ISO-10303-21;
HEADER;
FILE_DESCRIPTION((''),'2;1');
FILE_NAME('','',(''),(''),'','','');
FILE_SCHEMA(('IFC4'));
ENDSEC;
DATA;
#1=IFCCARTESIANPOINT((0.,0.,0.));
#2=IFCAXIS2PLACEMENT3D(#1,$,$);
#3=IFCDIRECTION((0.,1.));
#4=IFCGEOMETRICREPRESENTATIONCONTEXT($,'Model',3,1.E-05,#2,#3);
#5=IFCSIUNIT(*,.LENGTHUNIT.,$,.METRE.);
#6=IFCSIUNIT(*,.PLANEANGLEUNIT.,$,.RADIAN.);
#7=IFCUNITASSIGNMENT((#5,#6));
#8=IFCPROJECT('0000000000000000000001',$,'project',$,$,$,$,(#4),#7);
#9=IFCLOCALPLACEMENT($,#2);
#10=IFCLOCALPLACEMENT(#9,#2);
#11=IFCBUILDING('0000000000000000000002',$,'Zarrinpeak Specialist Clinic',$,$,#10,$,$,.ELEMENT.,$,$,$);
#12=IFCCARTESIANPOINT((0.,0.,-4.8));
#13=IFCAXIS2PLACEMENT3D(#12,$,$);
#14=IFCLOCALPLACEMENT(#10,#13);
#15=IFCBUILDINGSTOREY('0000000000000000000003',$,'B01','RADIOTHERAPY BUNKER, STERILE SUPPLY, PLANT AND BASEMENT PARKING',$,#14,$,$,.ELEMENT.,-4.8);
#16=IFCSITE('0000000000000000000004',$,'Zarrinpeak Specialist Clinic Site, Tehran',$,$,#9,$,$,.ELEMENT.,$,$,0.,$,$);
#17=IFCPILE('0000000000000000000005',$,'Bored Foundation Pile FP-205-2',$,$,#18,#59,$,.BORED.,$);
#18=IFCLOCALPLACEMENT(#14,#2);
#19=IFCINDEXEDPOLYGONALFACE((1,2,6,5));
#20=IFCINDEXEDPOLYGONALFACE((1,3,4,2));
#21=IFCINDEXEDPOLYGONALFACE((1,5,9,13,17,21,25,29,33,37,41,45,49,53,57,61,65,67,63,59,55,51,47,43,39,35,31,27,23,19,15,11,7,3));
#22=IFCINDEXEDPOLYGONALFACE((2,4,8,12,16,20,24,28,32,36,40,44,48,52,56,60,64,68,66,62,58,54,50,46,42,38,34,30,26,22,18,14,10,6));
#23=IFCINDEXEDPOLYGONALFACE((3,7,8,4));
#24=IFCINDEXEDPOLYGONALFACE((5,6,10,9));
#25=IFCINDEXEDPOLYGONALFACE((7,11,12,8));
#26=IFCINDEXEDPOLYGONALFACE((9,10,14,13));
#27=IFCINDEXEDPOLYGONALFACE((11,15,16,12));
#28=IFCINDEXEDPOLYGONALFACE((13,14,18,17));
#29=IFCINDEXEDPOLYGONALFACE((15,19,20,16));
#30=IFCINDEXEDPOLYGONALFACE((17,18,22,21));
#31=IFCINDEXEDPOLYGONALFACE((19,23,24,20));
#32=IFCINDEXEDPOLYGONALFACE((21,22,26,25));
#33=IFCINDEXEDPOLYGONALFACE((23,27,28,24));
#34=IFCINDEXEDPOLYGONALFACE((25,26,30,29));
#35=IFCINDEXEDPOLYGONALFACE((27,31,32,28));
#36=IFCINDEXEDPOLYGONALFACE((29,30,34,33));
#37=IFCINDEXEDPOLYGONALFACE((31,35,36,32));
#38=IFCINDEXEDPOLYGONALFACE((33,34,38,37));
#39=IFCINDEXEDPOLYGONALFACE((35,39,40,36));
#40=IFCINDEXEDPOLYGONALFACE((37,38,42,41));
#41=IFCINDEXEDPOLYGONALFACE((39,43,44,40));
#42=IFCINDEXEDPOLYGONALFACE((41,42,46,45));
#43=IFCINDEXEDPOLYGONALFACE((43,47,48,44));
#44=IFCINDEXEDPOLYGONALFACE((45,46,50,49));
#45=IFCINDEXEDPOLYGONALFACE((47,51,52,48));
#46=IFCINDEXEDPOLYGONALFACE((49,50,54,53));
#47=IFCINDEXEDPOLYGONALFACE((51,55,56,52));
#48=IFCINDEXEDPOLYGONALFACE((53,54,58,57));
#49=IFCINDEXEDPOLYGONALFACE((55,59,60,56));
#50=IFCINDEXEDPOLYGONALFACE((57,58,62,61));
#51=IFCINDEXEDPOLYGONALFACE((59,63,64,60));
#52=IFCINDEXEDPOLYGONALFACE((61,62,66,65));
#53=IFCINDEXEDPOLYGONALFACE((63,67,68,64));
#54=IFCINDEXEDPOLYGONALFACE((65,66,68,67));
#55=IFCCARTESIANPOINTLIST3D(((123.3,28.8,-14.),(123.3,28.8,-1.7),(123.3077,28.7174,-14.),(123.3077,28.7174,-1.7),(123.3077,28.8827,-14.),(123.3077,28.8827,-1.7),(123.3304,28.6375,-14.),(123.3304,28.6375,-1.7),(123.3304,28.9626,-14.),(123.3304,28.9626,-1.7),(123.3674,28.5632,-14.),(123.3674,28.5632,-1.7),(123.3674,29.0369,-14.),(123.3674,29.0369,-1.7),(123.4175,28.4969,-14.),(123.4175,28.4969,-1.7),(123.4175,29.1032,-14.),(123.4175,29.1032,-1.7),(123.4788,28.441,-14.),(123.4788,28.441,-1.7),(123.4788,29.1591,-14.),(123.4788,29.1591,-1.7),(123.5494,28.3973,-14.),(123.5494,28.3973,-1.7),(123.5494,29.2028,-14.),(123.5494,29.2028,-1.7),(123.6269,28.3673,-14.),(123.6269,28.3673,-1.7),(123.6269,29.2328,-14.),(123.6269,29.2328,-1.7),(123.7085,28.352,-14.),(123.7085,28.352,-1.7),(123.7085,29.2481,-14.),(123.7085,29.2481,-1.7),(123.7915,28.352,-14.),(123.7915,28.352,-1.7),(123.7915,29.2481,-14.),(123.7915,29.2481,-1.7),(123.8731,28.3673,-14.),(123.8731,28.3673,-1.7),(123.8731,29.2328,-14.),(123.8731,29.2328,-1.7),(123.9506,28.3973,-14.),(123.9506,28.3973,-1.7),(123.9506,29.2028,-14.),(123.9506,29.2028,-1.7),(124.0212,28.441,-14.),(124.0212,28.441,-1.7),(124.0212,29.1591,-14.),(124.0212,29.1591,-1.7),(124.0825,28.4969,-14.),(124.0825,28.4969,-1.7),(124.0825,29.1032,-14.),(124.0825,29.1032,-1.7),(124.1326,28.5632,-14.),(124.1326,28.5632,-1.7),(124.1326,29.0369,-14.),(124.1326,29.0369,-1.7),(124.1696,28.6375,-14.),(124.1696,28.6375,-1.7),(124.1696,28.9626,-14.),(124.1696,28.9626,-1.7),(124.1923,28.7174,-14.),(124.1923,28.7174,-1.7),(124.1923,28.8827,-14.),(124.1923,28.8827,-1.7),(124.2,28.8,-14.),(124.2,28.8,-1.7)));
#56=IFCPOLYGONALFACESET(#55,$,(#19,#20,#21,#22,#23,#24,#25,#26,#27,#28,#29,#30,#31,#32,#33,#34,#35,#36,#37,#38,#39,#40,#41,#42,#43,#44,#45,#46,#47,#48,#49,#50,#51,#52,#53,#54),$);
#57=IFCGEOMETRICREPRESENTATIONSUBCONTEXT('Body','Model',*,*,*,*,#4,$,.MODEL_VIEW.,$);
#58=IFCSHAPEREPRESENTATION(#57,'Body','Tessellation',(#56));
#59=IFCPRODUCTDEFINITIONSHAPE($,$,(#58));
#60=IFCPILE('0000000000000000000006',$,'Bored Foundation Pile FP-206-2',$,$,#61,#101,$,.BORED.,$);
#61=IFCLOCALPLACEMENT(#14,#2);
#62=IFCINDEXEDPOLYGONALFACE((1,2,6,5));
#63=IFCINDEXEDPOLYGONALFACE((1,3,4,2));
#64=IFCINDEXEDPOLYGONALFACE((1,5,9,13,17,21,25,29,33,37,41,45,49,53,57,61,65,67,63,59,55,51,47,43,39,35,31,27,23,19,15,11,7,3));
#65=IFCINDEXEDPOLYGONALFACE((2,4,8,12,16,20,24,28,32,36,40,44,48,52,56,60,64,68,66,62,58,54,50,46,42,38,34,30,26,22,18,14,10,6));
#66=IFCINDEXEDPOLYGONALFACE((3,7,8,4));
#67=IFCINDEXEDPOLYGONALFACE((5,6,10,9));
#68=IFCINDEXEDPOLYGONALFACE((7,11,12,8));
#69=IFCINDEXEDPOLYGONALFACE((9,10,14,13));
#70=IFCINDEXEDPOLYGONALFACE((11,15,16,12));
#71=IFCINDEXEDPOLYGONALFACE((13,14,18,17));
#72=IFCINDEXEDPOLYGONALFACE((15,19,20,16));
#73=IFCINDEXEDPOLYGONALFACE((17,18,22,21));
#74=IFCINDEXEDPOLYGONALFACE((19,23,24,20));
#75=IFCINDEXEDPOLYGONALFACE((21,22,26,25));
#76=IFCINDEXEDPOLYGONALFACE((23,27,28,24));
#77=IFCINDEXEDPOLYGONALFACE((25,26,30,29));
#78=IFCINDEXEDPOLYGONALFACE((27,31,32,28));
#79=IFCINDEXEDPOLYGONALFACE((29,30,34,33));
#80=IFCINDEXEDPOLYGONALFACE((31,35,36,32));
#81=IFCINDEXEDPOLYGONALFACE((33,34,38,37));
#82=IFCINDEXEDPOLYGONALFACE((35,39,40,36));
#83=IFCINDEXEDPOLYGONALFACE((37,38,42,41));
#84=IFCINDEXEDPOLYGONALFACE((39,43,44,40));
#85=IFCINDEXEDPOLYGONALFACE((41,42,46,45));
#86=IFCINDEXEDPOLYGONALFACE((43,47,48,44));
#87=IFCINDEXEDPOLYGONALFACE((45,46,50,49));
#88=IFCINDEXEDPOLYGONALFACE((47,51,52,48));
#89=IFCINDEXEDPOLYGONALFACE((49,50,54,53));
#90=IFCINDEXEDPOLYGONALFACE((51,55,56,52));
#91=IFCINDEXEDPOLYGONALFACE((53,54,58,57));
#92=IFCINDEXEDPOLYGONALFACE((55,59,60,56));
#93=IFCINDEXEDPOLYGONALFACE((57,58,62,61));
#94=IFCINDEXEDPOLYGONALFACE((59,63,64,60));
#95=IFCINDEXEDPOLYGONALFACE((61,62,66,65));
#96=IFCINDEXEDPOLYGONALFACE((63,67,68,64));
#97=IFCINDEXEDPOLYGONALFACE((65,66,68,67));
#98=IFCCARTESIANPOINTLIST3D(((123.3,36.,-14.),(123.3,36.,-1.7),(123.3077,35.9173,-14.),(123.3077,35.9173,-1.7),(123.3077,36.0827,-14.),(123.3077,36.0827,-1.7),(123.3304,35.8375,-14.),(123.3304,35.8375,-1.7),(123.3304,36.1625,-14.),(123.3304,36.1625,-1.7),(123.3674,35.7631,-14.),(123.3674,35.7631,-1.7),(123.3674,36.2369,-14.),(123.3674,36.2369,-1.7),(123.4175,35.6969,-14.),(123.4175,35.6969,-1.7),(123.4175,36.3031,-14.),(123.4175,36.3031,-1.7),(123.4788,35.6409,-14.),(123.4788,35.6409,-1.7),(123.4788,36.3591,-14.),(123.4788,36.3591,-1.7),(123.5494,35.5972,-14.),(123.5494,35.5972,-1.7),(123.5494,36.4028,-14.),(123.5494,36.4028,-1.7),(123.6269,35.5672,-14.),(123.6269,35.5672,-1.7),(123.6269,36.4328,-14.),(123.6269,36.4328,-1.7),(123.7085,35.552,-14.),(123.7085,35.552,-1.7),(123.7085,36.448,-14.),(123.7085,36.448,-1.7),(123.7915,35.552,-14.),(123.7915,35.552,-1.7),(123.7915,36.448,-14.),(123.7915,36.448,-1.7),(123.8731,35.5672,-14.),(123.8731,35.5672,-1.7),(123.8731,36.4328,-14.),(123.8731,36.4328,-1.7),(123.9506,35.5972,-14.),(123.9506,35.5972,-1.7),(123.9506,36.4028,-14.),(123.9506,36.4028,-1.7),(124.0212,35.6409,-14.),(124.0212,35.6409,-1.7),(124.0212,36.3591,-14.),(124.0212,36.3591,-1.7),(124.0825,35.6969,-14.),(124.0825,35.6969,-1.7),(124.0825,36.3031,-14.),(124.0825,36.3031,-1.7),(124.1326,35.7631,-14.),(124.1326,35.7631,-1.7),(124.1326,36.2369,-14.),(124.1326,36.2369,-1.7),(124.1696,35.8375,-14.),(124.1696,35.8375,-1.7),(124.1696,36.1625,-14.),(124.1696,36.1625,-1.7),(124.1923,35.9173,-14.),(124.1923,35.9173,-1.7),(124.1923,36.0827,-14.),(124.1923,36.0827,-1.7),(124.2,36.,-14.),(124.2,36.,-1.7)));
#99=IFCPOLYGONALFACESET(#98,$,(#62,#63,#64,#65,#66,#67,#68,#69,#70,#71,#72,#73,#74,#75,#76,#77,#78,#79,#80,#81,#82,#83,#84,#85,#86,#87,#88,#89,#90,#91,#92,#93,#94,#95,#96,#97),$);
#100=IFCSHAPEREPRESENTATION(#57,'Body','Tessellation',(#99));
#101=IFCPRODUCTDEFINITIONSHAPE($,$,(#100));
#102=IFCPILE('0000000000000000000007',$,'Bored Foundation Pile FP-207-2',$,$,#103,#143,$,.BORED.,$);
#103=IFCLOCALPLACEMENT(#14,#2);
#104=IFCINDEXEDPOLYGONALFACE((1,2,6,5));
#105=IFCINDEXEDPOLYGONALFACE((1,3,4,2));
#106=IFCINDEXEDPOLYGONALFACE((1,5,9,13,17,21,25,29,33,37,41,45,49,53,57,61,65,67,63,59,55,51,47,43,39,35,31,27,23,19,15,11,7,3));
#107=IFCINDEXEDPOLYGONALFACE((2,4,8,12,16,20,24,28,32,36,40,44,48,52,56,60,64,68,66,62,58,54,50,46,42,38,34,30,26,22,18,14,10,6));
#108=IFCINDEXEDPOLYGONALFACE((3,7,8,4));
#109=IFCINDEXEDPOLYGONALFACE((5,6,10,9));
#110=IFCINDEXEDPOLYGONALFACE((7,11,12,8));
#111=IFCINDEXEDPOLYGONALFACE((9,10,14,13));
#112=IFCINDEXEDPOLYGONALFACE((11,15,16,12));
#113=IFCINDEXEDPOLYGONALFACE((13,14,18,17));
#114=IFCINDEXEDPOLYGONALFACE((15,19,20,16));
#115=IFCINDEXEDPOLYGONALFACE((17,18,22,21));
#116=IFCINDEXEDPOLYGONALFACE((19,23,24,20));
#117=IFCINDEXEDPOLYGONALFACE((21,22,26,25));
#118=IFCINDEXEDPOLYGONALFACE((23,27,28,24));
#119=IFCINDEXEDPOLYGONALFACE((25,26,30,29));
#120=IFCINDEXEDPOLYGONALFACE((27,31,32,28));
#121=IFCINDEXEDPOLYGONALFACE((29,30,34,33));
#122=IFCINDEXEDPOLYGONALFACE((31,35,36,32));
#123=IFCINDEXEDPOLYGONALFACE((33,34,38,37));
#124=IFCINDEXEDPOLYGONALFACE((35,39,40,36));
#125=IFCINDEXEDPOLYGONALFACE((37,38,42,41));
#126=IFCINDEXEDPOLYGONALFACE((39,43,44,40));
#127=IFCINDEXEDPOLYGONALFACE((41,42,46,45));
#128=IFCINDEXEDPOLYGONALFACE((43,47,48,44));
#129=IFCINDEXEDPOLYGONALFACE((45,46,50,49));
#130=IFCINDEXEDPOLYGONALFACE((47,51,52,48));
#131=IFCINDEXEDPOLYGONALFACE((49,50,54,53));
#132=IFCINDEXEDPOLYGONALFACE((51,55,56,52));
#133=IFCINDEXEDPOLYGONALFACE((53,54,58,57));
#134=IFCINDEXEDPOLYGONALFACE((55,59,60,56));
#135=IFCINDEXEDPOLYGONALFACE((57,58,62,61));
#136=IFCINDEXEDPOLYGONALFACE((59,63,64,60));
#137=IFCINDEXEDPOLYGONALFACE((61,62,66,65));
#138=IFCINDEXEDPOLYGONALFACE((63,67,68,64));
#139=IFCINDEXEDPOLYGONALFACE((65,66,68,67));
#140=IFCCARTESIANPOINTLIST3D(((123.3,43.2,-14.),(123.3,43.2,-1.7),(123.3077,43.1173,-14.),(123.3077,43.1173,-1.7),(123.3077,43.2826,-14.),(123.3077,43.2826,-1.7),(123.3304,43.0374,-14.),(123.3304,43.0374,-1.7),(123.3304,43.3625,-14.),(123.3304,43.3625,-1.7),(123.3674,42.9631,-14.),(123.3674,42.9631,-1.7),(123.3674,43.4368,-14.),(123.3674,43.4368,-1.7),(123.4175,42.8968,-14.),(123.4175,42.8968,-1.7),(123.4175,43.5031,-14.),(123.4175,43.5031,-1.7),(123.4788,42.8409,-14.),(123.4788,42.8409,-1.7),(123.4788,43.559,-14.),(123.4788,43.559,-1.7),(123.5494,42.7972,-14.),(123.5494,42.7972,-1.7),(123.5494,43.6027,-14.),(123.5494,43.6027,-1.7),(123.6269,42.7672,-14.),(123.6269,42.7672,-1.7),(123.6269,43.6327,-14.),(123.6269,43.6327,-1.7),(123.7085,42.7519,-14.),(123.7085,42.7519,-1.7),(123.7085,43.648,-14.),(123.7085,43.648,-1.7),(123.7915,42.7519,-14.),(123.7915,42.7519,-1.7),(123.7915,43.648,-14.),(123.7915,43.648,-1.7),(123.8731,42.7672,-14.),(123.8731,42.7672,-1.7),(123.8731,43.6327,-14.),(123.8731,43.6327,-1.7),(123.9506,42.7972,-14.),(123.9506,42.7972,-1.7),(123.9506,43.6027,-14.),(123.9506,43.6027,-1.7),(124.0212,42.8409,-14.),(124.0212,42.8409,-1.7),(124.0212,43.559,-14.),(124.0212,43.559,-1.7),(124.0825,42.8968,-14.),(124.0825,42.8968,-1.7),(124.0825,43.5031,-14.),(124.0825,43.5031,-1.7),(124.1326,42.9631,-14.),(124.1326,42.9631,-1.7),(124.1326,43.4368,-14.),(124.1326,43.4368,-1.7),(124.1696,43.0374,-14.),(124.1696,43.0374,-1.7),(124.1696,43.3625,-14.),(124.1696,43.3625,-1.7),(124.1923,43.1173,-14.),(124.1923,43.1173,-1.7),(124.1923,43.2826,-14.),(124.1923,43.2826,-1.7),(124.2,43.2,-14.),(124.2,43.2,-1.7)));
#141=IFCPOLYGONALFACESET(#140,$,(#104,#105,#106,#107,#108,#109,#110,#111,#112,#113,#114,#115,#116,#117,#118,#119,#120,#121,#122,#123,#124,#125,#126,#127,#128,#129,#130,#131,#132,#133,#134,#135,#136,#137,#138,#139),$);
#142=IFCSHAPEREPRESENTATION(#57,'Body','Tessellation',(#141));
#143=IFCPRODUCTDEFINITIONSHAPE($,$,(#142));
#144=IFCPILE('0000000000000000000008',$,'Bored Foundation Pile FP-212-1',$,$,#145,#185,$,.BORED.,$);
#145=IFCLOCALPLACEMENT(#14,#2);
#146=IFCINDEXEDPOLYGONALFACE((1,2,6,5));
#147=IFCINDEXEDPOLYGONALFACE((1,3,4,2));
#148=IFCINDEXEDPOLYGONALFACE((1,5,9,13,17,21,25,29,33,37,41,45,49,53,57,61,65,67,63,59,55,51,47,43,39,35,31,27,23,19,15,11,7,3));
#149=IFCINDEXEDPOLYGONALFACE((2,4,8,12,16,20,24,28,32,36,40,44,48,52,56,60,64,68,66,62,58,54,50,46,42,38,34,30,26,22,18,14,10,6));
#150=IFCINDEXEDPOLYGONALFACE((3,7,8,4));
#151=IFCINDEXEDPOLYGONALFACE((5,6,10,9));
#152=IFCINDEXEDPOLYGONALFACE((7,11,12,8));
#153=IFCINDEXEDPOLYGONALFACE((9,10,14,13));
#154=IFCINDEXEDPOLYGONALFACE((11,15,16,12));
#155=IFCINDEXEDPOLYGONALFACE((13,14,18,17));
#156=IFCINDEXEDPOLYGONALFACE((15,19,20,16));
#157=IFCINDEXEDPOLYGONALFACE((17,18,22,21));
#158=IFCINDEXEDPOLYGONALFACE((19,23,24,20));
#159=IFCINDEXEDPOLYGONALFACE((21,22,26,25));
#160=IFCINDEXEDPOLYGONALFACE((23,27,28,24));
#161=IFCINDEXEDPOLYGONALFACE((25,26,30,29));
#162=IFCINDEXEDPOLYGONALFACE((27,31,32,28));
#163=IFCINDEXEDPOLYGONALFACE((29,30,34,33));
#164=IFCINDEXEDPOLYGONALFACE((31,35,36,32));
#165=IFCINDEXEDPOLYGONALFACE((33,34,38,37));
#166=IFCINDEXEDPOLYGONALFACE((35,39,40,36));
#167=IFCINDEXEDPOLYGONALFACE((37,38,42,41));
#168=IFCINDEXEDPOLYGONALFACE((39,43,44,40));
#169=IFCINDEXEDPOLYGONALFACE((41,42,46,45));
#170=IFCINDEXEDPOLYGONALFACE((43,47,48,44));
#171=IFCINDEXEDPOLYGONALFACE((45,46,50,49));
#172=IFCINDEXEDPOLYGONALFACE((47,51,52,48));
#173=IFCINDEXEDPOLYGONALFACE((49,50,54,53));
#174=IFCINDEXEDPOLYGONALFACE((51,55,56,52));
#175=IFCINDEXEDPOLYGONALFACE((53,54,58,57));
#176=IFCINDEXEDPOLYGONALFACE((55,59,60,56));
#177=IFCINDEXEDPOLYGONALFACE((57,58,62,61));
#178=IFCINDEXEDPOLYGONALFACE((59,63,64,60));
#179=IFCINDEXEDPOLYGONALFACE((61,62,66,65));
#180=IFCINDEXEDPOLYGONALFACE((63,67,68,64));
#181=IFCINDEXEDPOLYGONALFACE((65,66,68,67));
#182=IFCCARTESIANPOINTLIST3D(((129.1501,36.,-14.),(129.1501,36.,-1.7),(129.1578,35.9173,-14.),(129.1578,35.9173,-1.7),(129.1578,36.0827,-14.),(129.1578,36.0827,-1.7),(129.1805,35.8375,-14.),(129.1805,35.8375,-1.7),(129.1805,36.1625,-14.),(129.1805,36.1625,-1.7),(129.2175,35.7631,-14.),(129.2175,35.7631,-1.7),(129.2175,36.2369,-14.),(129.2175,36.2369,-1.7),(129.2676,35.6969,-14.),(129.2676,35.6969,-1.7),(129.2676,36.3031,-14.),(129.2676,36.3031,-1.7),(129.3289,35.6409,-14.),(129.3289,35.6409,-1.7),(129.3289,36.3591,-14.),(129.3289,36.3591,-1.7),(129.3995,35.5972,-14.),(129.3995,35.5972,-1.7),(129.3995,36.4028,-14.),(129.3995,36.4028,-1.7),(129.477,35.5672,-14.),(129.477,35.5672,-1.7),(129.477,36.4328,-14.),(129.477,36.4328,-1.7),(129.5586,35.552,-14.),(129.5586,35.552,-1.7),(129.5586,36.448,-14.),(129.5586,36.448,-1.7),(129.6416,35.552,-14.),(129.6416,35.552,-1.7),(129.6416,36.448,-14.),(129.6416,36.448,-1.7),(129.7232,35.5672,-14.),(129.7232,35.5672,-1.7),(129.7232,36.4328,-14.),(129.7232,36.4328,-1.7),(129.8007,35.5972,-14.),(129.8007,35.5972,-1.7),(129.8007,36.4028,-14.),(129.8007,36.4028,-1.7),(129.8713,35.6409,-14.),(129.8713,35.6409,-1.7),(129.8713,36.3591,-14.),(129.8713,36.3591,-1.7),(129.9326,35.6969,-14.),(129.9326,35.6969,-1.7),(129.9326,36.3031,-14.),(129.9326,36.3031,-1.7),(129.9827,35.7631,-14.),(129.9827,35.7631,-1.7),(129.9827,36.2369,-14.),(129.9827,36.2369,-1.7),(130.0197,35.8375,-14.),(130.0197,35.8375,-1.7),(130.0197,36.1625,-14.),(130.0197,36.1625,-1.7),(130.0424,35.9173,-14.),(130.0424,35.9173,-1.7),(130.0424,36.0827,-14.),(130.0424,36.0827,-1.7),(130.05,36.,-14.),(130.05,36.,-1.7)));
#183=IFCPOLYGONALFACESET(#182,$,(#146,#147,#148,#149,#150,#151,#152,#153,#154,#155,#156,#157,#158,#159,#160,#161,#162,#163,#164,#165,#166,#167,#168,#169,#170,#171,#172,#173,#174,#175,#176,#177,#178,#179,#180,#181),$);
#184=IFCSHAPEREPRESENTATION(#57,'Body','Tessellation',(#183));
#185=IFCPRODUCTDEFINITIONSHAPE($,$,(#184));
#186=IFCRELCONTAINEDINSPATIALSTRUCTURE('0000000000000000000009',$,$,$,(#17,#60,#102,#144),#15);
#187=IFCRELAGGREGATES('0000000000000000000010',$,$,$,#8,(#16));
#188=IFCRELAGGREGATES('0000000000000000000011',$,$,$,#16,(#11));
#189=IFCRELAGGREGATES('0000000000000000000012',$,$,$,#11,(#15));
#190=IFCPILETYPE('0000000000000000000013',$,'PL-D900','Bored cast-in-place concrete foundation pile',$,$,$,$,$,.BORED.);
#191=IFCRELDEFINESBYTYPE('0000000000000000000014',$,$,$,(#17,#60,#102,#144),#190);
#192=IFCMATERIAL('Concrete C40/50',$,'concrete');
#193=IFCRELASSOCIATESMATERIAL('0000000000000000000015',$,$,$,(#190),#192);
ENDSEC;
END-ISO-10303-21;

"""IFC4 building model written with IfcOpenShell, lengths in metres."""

from ifc_helpers import new_model, si_unit, direction, frame, origin, origin_2d, place, context, subcontext, project, spatial, circle, extrude, material, material_profile, profile_set, type_object, element, save


model = new_model("IFC4")

# Units and contexts
model_context = context("Model", 3, precision=1e-05, world=origin(), true_north=direction((0.0, 1.0)))
body_context = subcontext(model_context, "Body", "Model", "MODEL_VIEW")
ifc_project = project(units=[si_unit("LENGTHUNIT", "METRE"), si_unit("PLANEANGLEUNIT", "RADIAN")], contexts=[model_context])

# Site, building, storey
site_placement = place(None, origin())
site = spatial("IfcSite", under=ifc_project, at=site_placement, Name="Zarrinpeak Specialist Clinic Site, Tehran", CompositionType="ELEMENT", RefElevation=0.0)
building_placement = place(site_placement, origin())
building = spatial("IfcBuilding", under=site, at=building_placement, Name="Zarrinpeak Specialist Clinic", CompositionType="ELEMENT")
storey_placement = place(building_placement, frame((0.0, 0.0, -4.8)))
storey = spatial("IfcBuildingStorey", under=building, at=storey_placement, Name="B01", Description="RADIOTHERAPY BUNKER, STERILE SUPPLY, PLANT AND BASEMENT PARKING", CompositionType="ELEMENT", Elevation=-4.8)

# Shared definitions
ifc_material_1 = material(Name="Concrete C40/50", Category="concrete")

# Piles
ifc_material_profile_1 = material_profile(ifc_material_1, circle(Radius=0.45, at=origin_2d()), Name="BORED PILE D900")
ifc_profile_set_1 = profile_set([ifc_material_profile_1], Name="Concrete C40/50")
pile_type = type_object("IfcPileType", Name="PL-D900", Description="Bored cast-in-place concrete foundation pile", PredefinedType="BORED", material=ifc_profile_set_1)
for number, where, z_axis, x_axis, name in (
    (1, (123.75, 28.8, -1.7), (0.0, 0.0, -1.0), (1.0, 0.0, 0.0), "Bored Foundation Pile FP-205-2"),
    (2, (123.75, 36.0, -1.7), (0.0, 0.0, -1.0), (1.0, 0.0, 0.0), "Bored Foundation Pile FP-206-2"),
    (3, (123.75, 43.2, -1.7), (0.0, 0.0, -1.0), (1.0, 0.0, 0.0), "Bored Foundation Pile FP-207-2"),
    (4, (129.6001, 36.0, -1.7), (0.0, 0.0, -1.0), (1.0, 0.0, 0.0), "Bored Foundation Pile FP-212-1"),
):
    element("IfcPile", number, at=place(storey_placement, frame(where, z_axis=z_axis, x_axis=x_axis)), inside=storey, type_object=pile_type, Name=name, PredefinedType="BORED", context=body_context, shape_type="SweptSolid", body=[
        extrude(circle(Radius=0.45, at=origin_2d()), origin(), (0.0, 0.0, 1.0), 12.3),
    ])

save(model, "model.ifc")
